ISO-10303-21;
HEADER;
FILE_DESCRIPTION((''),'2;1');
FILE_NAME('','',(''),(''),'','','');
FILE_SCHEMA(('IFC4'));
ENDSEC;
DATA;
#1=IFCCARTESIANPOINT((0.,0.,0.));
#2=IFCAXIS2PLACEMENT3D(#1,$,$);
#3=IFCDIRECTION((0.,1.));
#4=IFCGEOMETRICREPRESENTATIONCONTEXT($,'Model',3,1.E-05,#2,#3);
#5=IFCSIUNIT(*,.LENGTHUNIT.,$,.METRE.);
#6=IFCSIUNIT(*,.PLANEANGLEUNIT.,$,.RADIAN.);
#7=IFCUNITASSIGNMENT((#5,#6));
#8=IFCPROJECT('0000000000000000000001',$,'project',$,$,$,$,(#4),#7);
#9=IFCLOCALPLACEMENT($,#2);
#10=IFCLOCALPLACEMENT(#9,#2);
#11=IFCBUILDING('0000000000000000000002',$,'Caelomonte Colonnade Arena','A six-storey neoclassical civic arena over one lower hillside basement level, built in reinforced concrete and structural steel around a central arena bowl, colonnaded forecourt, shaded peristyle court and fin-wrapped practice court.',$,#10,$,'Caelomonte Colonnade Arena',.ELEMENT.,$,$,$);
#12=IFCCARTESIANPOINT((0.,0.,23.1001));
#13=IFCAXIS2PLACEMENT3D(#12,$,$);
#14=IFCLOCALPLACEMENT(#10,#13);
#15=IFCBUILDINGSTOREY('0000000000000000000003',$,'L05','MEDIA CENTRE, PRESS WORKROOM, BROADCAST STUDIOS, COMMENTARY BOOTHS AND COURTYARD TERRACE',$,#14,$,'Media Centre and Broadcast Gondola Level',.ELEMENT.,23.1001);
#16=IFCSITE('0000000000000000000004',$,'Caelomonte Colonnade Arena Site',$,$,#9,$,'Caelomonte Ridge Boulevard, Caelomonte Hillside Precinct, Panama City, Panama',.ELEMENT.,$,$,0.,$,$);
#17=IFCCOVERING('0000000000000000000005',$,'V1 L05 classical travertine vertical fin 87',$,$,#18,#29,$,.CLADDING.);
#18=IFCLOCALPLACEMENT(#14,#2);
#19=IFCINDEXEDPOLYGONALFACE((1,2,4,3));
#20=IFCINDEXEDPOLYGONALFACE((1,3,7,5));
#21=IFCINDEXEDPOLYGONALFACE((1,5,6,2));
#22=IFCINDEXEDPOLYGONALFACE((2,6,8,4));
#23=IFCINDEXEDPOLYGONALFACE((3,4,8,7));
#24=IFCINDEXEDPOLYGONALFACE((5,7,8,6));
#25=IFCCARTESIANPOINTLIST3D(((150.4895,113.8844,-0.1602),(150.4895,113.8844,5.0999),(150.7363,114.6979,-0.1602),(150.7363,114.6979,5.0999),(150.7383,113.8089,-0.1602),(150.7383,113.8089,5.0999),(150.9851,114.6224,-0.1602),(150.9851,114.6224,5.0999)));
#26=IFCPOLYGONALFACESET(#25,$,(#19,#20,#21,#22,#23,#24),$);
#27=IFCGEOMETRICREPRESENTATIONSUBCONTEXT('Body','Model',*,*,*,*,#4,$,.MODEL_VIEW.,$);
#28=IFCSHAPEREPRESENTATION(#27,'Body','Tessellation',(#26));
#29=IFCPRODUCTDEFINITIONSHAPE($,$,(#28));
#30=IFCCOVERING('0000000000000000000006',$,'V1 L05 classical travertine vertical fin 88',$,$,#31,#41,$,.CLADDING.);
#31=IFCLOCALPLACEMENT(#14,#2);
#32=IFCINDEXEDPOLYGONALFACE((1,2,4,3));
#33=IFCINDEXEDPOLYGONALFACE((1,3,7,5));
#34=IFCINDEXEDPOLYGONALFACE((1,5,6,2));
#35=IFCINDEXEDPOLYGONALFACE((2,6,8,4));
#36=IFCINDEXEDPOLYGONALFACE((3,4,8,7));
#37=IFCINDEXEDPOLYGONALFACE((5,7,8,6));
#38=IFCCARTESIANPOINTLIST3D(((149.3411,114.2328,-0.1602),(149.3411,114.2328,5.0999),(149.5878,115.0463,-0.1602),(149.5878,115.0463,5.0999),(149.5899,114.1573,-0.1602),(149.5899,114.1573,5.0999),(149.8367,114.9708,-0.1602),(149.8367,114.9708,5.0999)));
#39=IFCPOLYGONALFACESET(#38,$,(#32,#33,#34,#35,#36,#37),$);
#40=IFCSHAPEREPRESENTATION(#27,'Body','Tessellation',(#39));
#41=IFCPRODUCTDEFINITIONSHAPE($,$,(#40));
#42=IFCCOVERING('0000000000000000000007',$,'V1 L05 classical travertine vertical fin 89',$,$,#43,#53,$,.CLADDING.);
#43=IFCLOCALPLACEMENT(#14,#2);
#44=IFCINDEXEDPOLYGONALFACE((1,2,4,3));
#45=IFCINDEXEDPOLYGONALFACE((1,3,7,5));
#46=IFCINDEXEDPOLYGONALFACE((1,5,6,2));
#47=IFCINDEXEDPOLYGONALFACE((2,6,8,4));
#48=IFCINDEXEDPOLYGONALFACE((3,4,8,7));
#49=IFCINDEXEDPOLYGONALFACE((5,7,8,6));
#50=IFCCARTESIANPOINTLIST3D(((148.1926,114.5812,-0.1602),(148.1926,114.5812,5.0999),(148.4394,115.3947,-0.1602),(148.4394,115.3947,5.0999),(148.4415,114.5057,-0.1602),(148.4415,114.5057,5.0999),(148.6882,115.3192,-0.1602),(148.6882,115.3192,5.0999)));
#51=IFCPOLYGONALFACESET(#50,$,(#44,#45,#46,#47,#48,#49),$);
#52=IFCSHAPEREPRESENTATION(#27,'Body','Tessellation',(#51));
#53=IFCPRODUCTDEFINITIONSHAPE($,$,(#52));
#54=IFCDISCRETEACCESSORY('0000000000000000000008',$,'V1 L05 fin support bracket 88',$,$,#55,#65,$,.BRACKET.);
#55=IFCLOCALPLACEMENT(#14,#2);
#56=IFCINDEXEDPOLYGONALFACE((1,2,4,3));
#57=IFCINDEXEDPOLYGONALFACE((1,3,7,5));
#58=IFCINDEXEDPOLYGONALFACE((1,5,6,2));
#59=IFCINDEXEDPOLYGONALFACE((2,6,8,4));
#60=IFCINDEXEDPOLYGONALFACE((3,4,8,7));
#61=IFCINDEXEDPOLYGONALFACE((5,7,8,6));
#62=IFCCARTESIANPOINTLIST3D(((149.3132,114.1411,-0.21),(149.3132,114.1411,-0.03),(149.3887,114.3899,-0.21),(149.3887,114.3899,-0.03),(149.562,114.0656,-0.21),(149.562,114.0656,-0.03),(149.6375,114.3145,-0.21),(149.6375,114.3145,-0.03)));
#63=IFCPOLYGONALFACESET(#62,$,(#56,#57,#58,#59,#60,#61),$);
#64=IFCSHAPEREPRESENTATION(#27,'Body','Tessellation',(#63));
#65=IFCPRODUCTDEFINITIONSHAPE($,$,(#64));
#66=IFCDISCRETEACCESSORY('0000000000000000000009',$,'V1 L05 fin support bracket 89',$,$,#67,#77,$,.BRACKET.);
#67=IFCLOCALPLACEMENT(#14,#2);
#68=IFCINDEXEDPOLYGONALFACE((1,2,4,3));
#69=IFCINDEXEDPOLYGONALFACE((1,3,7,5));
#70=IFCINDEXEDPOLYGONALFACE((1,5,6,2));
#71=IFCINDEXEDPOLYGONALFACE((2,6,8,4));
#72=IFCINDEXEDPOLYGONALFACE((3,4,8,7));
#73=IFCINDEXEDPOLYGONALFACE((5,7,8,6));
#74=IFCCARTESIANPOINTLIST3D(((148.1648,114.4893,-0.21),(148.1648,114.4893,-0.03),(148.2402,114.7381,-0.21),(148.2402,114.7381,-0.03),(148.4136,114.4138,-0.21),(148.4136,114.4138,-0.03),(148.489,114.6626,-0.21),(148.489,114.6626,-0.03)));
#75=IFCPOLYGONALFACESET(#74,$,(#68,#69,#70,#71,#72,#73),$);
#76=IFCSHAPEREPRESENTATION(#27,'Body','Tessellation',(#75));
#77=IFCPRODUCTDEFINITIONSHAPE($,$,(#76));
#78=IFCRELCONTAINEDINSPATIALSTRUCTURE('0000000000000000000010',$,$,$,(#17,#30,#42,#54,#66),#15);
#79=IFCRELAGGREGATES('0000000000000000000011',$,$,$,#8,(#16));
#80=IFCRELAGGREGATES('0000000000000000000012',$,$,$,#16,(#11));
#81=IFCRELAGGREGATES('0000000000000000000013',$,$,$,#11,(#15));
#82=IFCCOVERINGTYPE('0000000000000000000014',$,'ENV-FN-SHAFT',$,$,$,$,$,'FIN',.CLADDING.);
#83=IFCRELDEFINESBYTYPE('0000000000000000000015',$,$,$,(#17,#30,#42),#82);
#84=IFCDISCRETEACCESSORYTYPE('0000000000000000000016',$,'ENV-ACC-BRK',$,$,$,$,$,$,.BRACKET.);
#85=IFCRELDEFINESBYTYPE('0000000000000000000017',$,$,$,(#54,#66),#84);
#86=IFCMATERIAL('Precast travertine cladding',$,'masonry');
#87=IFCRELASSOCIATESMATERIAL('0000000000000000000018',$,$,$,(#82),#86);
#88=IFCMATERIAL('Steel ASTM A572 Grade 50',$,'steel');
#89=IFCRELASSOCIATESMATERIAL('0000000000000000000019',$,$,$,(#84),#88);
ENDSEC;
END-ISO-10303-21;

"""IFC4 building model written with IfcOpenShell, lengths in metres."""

from ifc_helpers import new_model, si_unit, direction, frame, origin, origin_2d, place, context, subcontext, project, spatial, rectangle, extrude, material, material_profile, profile_set, type_object, element, save


model = new_model("IFC4")

# Units and contexts
model_context = context("Model", 3, precision=1e-05, world=origin(), true_north=direction((0.0, 1.0)))
body_context = subcontext(model_context, "Body", "Model", "MODEL_VIEW")
ifc_project = project(units=[si_unit("LENGTHUNIT", "METRE"), si_unit("PLANEANGLEUNIT", "RADIAN")], contexts=[model_context])

# Site, building, storey
site_placement = place(None, origin())
site = spatial("IfcSite", under=ifc_project, at=site_placement, Name="Caelomonte Colonnade Arena Site", LongName="Caelomonte Ridge Boulevard, Caelomonte Hillside Precinct, Panama City, Panama", CompositionType="ELEMENT", RefElevation=0.0)
building_placement = place(site_placement, origin())
building = spatial("IfcBuilding", under=site, at=building_placement, Name="Caelomonte Colonnade Arena", Description="A six-storey neoclassical civic arena over one lower hillside basement level, built in reinforced concrete and structural steel around a central arena bowl, colonnaded forecourt, shaded peristyle court and fin-wrapped practice court.", LongName="Caelomonte Colonnade Arena", CompositionType="ELEMENT")
storey_placement = place(building_placement, frame((0.0, 0.0, 23.1001)))
storey = spatial("IfcBuildingStorey", under=building, at=storey_placement, Name="L05", Description="MEDIA CENTRE, PRESS WORKROOM, BROADCAST STUDIOS, COMMENTARY BOOTHS AND COURTYARD TERRACE", LongName="Media Centre and Broadcast Gondola Level", CompositionType="ELEMENT", Elevation=23.1001)

# Coverings
ifc_material_1 = material(Name="Precast travertine cladding", Category="masonry")
ifc_material_profile_1 = material_profile(ifc_material_1, rectangle(XDim=0.26, YDim=0.8501, at=origin_2d()), Name="FIN260X850")
ifc_profile_set_1 = profile_set([ifc_material_profile_1], Name="Precast travertine cladding")
covering_type = type_object("IfcCoveringType", Name="ENV-FN-SHAFT", ElementType="FIN", PredefinedType="CLADDING", material=ifc_profile_set_1)
for number, where, z_axis, x_axis, name in (
    (1, (150.7373, 114.2534, -0.1602), (0.0, 0.0, 1.0), (0.956943, -0.290276, 0.0), "V1 L05 classical travertine vertical fin 87"),
    (2, (149.5889, 114.6018, -0.1602), (0.0, 0.0, 1.0), (0.956943, -0.290276, 0.0), "V1 L05 classical travertine vertical fin 88"),
    (3, (148.4404, 114.9502, -0.1602), (0.0, 0.0, 1.0), (0.956943, -0.290276, 0.0), "V1 L05 classical travertine vertical fin 89"),
):
    element("IfcCovering", number, at=place(storey_placement, frame(where, z_axis=z_axis, x_axis=x_axis)), inside=storey, type_object=covering_type, Name=name, PredefinedType="CLADDING", context=body_context, shape_type="SweptSolid", body=[
        extrude(rectangle(XDim=0.26, YDim=0.8501, at=origin_2d()), origin(), (0.0, 0.0, 1.0), 5.26),
    ])

# Discrete accessories
ifc_material_2 = material(Name="Steel ASTM A572 Grade 50", Category="steel")
discrete_accessory_type = type_object("IfcDiscreteAccessoryType", Name="ENV-ACC-BRK", PredefinedType="BRACKET", material=ifc_material_2)
for number, where, z_axis, x_axis, name in (
    (4, (149.4753, 114.2278, -0.21), (0.0, 0.0, 1.0), (-0.956943, 0.290276, 0.0), "V1 L05 fin support bracket 88"),
    (5, (148.3269, 114.5759, -0.21), (0.0, 0.0, 1.0), (-0.956943, 0.290276, 0.0), "V1 L05 fin support bracket 89"),
):
    element("IfcDiscreteAccessory", number, at=place(storey_placement, frame(where, z_axis=z_axis, x_axis=x_axis)), inside=storey, type_object=discrete_accessory_type, Name=name, PredefinedType="BRACKET", context=body_context, shape_type="SweptSolid", body=[
        extrude(rectangle(XDim=0.26, YDim=0.26, at=origin_2d()), origin(), (0.0, 0.0, 1.0), 0.1799),
    ])

save(model, "model.ifc")
